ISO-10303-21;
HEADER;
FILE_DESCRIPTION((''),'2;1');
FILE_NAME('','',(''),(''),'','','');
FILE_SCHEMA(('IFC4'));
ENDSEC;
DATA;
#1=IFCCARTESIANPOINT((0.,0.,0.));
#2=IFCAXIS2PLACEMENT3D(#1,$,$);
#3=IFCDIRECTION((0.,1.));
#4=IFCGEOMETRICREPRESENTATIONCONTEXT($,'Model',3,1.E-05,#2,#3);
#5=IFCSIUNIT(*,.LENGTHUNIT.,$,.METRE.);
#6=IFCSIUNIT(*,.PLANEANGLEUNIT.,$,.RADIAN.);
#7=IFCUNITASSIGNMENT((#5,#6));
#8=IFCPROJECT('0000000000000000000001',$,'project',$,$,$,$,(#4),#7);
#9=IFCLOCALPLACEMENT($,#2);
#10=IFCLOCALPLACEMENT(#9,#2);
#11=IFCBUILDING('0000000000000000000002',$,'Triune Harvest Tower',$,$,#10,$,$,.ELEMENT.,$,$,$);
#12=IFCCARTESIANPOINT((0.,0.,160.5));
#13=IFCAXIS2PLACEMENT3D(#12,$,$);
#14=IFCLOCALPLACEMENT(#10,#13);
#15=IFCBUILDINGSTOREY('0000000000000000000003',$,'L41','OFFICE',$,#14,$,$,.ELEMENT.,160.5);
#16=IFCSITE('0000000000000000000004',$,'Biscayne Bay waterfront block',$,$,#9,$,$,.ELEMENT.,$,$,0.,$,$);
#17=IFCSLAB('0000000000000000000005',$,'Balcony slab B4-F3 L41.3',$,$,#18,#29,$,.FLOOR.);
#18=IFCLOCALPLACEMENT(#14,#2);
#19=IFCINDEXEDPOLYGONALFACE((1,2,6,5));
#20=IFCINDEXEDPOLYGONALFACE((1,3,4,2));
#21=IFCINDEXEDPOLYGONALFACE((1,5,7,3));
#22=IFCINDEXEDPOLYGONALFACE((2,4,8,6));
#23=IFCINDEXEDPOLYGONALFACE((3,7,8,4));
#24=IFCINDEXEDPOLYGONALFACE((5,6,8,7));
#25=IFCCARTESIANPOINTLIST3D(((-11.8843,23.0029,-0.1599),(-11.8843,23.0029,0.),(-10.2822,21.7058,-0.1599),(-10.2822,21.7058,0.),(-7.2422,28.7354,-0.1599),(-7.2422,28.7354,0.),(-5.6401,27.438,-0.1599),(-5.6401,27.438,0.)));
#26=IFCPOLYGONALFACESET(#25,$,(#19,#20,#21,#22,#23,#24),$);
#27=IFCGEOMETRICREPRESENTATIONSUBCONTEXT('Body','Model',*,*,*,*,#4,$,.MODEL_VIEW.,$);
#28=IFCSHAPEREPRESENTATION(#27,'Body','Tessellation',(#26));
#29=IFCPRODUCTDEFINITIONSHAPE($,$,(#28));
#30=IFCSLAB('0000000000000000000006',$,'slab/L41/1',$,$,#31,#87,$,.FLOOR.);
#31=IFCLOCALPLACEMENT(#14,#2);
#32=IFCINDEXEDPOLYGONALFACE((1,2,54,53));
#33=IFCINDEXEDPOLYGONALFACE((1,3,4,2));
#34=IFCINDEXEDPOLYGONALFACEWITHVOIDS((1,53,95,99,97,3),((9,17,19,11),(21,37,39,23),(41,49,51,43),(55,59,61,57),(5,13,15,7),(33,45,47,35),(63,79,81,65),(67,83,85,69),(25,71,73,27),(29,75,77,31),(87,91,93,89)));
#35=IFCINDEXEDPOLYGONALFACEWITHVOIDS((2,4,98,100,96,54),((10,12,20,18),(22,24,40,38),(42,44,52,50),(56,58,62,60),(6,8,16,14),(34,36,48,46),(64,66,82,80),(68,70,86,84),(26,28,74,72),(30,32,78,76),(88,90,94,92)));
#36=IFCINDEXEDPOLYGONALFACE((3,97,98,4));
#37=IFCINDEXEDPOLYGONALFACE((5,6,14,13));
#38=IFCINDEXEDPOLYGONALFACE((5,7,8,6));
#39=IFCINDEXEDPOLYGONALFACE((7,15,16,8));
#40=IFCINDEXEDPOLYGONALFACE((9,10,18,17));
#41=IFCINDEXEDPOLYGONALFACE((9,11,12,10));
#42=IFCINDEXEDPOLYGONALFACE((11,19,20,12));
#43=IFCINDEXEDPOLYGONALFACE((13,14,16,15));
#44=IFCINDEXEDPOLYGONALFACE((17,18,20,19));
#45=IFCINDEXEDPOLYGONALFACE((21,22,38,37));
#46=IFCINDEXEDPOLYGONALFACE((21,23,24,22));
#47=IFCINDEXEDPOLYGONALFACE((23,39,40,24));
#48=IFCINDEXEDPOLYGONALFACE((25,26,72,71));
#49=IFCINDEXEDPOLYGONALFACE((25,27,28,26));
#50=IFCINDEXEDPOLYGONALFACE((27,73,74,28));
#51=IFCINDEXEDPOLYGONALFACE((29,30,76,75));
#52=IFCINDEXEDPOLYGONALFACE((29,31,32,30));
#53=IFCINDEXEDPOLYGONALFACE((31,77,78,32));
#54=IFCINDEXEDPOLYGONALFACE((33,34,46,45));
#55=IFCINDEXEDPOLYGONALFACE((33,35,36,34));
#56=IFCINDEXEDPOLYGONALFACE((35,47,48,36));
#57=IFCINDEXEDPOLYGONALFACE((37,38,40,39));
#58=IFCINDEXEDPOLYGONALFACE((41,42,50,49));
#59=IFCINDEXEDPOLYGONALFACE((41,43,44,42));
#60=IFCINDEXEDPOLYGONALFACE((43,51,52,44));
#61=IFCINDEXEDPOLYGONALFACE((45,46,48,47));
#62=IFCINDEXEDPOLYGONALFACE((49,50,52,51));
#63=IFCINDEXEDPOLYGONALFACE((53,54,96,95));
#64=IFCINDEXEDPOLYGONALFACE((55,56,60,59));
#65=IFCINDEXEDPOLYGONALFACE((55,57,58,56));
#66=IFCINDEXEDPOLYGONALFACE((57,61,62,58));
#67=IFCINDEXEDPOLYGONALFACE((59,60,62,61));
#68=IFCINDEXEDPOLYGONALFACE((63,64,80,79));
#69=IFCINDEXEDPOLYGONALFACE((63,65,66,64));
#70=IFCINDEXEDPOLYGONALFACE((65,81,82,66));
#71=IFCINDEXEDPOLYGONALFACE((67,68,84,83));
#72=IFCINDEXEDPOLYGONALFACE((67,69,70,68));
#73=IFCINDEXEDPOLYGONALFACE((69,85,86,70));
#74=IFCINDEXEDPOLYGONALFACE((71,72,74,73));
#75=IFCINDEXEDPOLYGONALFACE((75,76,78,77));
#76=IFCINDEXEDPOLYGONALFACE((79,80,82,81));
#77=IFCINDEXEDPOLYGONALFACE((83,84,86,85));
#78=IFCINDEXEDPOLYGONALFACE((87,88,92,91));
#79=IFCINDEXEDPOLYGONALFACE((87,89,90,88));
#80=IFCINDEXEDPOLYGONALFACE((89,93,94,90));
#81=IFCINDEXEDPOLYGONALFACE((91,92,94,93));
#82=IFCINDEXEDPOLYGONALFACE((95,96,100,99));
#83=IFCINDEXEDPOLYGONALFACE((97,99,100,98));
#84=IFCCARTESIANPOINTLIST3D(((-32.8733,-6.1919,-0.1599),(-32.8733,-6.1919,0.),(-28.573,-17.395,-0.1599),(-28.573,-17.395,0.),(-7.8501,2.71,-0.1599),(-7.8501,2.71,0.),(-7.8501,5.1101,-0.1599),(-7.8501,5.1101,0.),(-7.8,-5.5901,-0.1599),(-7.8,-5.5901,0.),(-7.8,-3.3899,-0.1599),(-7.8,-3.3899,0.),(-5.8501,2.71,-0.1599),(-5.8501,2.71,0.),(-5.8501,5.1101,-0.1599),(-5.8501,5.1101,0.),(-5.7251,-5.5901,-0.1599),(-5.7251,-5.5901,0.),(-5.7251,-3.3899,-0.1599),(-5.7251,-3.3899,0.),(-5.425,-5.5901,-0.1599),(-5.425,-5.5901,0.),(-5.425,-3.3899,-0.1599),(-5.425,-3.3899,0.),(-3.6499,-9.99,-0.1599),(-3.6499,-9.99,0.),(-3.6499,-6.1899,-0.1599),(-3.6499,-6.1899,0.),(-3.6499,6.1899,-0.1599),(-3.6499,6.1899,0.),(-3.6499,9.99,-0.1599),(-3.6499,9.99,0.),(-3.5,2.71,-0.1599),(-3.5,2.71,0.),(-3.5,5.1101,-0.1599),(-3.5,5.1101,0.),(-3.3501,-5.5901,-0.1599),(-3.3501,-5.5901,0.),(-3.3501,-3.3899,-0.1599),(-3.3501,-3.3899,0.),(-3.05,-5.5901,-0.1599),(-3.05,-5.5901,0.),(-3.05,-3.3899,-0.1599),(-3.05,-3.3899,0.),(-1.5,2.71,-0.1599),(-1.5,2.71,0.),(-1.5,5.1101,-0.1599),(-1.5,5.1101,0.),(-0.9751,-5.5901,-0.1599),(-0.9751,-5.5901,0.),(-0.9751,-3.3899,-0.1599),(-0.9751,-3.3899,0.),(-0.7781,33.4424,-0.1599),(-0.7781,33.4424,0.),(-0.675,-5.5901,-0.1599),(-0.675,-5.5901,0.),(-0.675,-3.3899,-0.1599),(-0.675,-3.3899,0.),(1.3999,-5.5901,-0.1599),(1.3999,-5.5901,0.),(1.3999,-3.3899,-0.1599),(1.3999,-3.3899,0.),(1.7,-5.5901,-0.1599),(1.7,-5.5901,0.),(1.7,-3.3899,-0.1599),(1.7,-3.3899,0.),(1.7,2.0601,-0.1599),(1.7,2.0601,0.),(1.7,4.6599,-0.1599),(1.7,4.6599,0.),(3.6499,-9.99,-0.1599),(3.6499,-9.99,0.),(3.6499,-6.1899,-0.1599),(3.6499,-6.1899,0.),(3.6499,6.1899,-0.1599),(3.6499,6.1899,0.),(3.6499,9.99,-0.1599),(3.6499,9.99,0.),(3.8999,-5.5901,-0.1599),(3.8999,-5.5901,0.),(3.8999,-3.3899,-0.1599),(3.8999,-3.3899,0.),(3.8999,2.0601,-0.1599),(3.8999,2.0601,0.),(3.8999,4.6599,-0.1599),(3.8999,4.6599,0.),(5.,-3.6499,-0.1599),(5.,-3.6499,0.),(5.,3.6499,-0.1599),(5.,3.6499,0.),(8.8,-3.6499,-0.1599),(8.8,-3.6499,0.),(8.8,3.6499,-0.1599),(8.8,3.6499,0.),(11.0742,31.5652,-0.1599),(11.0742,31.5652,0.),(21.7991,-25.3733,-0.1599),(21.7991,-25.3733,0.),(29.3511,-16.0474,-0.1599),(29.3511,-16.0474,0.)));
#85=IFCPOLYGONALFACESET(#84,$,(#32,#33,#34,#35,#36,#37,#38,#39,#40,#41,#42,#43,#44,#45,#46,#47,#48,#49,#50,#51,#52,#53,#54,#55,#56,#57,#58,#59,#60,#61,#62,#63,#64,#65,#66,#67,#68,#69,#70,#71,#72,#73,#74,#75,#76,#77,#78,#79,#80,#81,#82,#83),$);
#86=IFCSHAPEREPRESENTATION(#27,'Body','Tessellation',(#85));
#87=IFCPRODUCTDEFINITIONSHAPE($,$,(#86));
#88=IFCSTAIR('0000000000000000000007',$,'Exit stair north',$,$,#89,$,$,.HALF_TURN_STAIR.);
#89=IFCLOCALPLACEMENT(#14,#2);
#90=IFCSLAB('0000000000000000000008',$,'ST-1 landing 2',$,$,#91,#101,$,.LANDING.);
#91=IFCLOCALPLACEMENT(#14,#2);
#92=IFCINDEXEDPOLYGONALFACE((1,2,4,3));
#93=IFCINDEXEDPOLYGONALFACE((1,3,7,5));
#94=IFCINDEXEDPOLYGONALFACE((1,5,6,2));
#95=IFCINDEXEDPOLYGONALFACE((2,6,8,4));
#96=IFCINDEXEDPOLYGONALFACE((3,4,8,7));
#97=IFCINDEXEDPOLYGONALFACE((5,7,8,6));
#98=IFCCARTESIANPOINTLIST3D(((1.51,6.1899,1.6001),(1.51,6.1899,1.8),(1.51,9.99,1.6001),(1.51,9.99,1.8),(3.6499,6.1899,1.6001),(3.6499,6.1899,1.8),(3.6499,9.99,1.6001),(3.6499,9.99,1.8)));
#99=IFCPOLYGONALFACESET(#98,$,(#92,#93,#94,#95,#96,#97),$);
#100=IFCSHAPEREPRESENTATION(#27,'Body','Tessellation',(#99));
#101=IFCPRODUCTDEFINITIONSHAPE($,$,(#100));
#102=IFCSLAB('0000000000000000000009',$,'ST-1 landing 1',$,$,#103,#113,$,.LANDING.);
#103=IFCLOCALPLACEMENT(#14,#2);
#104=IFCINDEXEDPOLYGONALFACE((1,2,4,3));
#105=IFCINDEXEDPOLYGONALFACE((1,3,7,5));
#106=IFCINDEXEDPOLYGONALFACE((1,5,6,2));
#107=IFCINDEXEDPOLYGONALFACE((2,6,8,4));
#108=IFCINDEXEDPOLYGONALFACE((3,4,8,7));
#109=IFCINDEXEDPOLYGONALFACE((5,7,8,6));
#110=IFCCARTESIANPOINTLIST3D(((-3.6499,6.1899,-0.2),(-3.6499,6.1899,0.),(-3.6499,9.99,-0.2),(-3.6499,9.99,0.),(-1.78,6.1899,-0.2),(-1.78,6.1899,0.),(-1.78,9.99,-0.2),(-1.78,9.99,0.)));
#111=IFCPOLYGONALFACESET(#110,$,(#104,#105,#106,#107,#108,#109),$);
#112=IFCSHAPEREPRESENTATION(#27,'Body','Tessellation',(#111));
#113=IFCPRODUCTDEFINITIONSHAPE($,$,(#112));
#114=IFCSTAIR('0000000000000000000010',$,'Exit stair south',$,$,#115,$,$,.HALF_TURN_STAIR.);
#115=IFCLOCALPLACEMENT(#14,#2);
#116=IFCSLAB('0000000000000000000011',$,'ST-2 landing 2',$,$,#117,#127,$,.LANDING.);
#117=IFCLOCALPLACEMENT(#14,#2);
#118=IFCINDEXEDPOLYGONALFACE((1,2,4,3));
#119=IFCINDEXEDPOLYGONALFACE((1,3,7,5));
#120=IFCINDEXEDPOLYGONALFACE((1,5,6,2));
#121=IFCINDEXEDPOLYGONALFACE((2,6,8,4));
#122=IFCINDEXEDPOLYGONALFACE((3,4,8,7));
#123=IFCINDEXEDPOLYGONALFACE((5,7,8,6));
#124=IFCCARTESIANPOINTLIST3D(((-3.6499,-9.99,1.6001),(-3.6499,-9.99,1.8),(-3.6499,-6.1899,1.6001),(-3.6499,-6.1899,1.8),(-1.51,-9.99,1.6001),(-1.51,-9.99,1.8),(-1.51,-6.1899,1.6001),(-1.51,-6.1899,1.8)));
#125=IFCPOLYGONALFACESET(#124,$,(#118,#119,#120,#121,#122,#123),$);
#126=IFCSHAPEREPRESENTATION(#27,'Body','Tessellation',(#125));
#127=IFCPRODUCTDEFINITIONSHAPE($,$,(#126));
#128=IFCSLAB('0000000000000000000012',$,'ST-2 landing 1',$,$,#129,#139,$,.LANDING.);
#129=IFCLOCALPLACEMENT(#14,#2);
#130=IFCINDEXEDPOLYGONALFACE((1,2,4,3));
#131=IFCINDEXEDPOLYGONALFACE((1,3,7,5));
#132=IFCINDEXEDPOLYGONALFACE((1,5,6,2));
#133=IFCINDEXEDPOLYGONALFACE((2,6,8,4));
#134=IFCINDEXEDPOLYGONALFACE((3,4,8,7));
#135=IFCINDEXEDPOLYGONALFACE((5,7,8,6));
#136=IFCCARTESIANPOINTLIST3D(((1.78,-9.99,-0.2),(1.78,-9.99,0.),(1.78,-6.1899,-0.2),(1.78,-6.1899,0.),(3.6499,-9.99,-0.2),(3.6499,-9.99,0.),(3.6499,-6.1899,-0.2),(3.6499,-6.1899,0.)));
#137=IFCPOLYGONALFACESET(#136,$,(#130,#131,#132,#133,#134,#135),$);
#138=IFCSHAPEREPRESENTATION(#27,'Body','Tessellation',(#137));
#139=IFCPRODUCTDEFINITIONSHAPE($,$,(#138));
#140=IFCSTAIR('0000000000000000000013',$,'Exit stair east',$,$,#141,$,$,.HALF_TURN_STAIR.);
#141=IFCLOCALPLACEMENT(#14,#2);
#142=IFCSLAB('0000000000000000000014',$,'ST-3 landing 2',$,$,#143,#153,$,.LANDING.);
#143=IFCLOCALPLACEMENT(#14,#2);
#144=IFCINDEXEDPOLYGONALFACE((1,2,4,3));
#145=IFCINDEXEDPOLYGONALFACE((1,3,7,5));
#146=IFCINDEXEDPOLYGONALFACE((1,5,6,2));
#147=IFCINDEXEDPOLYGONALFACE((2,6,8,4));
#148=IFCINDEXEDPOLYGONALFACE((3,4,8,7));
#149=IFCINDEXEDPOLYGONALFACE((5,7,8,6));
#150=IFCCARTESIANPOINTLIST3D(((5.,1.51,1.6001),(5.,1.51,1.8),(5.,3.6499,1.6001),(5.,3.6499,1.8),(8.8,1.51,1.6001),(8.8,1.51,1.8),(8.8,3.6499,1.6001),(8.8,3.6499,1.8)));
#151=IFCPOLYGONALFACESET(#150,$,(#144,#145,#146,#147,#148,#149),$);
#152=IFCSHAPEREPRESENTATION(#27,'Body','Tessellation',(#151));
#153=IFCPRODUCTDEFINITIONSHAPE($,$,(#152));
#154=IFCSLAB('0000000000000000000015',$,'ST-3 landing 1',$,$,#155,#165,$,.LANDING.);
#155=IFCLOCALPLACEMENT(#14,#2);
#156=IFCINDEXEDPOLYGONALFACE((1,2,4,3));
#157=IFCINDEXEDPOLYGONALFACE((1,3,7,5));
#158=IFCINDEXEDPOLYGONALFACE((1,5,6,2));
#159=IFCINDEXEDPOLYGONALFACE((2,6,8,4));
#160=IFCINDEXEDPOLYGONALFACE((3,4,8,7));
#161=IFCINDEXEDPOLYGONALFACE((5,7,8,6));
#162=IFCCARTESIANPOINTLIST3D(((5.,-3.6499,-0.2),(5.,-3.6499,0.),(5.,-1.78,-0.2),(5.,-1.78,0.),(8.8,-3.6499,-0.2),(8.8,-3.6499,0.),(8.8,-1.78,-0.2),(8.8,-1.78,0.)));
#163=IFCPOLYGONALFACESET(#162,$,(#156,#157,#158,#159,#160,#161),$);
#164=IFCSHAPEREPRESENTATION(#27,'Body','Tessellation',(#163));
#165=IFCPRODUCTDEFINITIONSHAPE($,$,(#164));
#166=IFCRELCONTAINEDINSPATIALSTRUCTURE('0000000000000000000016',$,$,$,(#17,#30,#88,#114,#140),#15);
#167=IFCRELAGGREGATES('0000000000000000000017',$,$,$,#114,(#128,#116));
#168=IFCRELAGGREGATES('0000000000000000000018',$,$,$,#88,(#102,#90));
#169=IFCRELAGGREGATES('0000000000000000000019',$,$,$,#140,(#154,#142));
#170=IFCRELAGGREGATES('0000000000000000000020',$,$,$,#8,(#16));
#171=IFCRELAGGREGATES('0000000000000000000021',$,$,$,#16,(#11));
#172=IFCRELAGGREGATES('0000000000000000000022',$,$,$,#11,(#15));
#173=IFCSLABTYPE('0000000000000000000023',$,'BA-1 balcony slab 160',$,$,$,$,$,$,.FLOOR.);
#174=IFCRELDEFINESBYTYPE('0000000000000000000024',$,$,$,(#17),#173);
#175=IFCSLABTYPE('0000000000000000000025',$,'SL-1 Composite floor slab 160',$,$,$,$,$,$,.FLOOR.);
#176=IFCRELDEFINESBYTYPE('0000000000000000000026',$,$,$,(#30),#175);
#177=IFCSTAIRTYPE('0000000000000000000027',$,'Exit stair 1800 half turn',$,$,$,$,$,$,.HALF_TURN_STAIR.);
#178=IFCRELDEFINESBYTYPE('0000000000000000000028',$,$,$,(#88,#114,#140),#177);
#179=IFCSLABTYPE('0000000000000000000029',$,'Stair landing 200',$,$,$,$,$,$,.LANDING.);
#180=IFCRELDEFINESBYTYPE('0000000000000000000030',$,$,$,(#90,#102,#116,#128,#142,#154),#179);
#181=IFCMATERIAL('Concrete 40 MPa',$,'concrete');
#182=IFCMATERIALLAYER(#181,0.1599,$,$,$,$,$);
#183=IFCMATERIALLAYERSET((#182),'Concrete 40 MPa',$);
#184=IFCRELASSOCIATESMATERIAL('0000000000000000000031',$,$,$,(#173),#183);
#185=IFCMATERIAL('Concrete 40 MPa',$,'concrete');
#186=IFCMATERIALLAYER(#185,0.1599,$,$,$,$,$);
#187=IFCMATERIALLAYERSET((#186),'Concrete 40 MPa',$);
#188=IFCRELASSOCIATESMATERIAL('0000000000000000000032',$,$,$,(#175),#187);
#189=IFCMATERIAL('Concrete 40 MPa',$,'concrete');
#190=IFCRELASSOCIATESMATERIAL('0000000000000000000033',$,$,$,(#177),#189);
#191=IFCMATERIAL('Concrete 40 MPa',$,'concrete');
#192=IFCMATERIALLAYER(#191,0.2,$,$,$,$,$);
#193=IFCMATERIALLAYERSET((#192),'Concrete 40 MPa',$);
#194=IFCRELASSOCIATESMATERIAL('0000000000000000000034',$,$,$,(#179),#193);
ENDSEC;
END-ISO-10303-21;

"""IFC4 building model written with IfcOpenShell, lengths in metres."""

from ifc_helpers import new_model, si_unit, direction, frame, origin, place, context, subcontext, project, spatial, polyline, outline, extrude, source, transform, mapped, material, layer, layer_set, type_object, element, aggregate, save


model = new_model("IFC4")

# Units and contexts
model_context = context("Model", 3, precision=1e-05, world=origin(), true_north=direction((0.0, 1.0)))
body_context = subcontext(model_context, "Body", "Model", "MODEL_VIEW")
ifc_project = project(units=[si_unit("LENGTHUNIT", "METRE"), si_unit("PLANEANGLEUNIT", "RADIAN")], contexts=[model_context])

# Site, building, storey
site_placement = place(None, origin())
site = spatial("IfcSite", under=ifc_project, at=site_placement, Name="Biscayne Bay waterfront block", CompositionType="ELEMENT", RefElevation=0.0)
building_placement = place(site_placement, origin())
building = spatial("IfcBuilding", under=site, at=building_placement, Name="Triune Harvest Tower", CompositionType="ELEMENT")
storey_placement = place(building_placement, frame((0.0, 0.0, 160.5)))
storey = spatial("IfcBuildingStorey", under=building, at=storey_placement, Name="L41", Description="OFFICE", CompositionType="ELEMENT", Elevation=160.5)

# Slabs
ifc_material_1 = material(Name="Concrete 40 MPa", Category="concrete")
ifc_layer_1 = layer(ifc_material_1, 0.1599)
ifc_layer_set_1 = layer_set([ifc_layer_1], Name="Concrete 40 MPa")
slab_type_1 = type_object("IfcSlabType", Name="BA-1 balcony slab 160", PredefinedType="FLOOR", material=ifc_layer_set_1)
slab_1_placement = place(storey_placement, frame((0.0, 0.0, -0.1599)))
element("IfcSlab", 1, at=slab_1_placement, inside=storey, type_object=slab_type_1, Name="Balcony slab B4-F3 L41.3", PredefinedType="FLOOR", context=body_context, shape_type="SweptSolid", body=[
    extrude(outline(polyline([(-5.6401, 27.438), (-10.2822, 21.7058), (-11.8843, 23.0029), (-7.2422, 28.7354), (-5.6401, 27.438)])), origin(), (0.0, 0.0, 1.0), 0.1599),
])
ifc_material_2 = material(Name="Concrete 40 MPa", Category="concrete")
ifc_layer_2 = layer(ifc_material_2, 0.1599)
ifc_layer_set_2 = layer_set([ifc_layer_2], Name="Concrete 40 MPa")
slab_type_2 = type_object("IfcSlabType", Name="SL-1 Composite floor slab 160", PredefinedType="FLOOR", material=ifc_layer_set_2)
shared_shape_1 = source(origin(), body_context, "Body", "SweptSolid", [
    extrude(outline(polyline([(29.3511, -16.0474), (11.0742, 31.5652), (-0.7781, 33.4424), (-32.8733, -6.1919), (-28.573, -17.395), (21.7991, -25.3733), (29.3511, -16.0474)]), holes=[polyline([(-5.7251, -5.5901), (-5.7251, -3.3899), (-7.8, -3.3899), (-7.8, -5.5901), (-5.7251, -5.5901)]), polyline([(-3.3501, -5.5901), (-3.3501, -3.3899), (-5.425, -3.3899), (-5.425, -5.5901), (-3.3501, -5.5901)]), polyline([(-0.9751, -5.5901), (-0.9751, -3.3899), (-3.05, -3.3899), (-3.05, -5.5901), (-0.9751, -5.5901)]), polyline([(1.3999, -5.5901), (1.3999, -3.3899), (-0.675, -3.3899), (-0.675, -5.5901), (1.3999, -5.5901)]), polyline([(3.8999, 2.0601), (3.8999, 4.6599), (1.7, 4.6599), (1.7, 2.0601), (3.8999, 2.0601)]), polyline([(3.8999, -5.5901), (3.8999, -3.3899), (1.7, -3.3899), (1.7, -5.5901), (3.8999, -5.5901)]), polyline([(-5.8501, 2.71), (-5.8501, 5.1101), (-7.8501, 5.1101), (-7.8501, 2.71), (-5.8501, 2.71)]), polyline([(-1.5, 2.71), (-1.5, 5.1101), (-3.5, 5.1101), (-3.5, 2.71), (-1.5, 2.71)]), polyline([(3.6499, 6.1899), (3.6499, 9.99), (-3.6499, 9.99), (-3.6499, 6.1899), (3.6499, 6.1899)]), polyline([(3.6499, -9.99), (3.6499, -6.1899), (-3.6499, -6.1899), (-3.6499, -9.99), (3.6499, -9.99)]), polyline([(8.8, -3.6499), (8.8, 3.6499), (5.0, 3.6499), (5.0, -3.6499), (8.8, -3.6499)])]), origin(), (0.0, 0.0, 1.0), 0.1599),
])
slab_2_placement = place(storey_placement, frame((0.0, 0.0, -0.1599)))
element("IfcSlab", 2, at=slab_2_placement, inside=storey, type_object=slab_type_2, Name="slab/L41/1", PredefinedType="FLOOR", context=body_context, shape_type="MappedRepresentation", body=[
    mapped(shared_shape_1, transform((0.0, 0.0, 0.0), scale=1.0)),
])

# Stairs, slabs
ifc_material_3 = material(Name="Concrete 40 MPa", Category="concrete")
stair_type = type_object("IfcStairType", Name="Exit stair 1800 half turn", PredefinedType="HALF_TURN_STAIR", material=ifc_material_3)
stair_1_placement = place(storey_placement, origin())
stair_1 = element("IfcStair", 3, at=stair_1_placement, inside=storey, type_object=stair_type, Name="Exit stair north", PredefinedType="HALF_TURN_STAIR")
ifc_material_4 = material(Name="Concrete 40 MPa", Category="concrete")
ifc_layer_3 = layer(ifc_material_4, 0.2)
ifc_layer_set_3 = layer_set([ifc_layer_3], Name="Concrete 40 MPa")
slab_type_3 = type_object("IfcSlabType", Name="Stair landing 200", PredefinedType="LANDING", material=ifc_layer_set_3)
shared_shape_2 = source(origin(), body_context, "Body", "SweptSolid", [
    extrude(outline(polyline([(1.51, 6.1899), (3.6499, 6.1899), (3.6499, 9.99), (1.51, 9.99), (1.51, 6.1899)])), origin(), (0.0, 0.0, 1.0), 0.2),
])
slab_3_placement = place(storey_placement, frame((0.0, 0.0, 1.6001)))
slab_3 = element("IfcSlab", 4, at=slab_3_placement, type_object=slab_type_3, Name="ST-1 landing 2", PredefinedType="LANDING", context=body_context, shape_type="MappedRepresentation", body=[
    mapped(shared_shape_2, transform((0.0, 0.0, 0.0), scale=1.0)),
])
shared_shape_3 = source(origin(), body_context, "Body", "SweptSolid", [
    extrude(outline(polyline([(-3.6499, 6.1899), (-1.78, 6.1899), (-1.78, 9.99), (-3.6499, 9.99), (-3.6499, 6.1899)])), origin(), (0.0, 0.0, 1.0), 0.2),
])
slab_4_placement = place(storey_placement, frame((0.0, 0.0, -0.2)))
slab_4 = element("IfcSlab", 5, at=slab_4_placement, type_object=slab_type_3, Name="ST-1 landing 1", PredefinedType="LANDING", context=body_context, shape_type="MappedRepresentation", body=[
    mapped(shared_shape_3, transform((0.0, 0.0, 0.0), scale=1.0)),
])
stair_2_placement = place(storey_placement, origin())
stair_2 = element("IfcStair", 6, at=stair_2_placement, inside=storey, type_object=stair_type, Name="Exit stair south", PredefinedType="HALF_TURN_STAIR")
shared_shape_4 = source(origin(), body_context, "Body", "SweptSolid", [
    extrude(outline(polyline([(-1.51, -6.1899), (-3.6499, -6.1899), (-3.6499, -9.99), (-1.51, -9.99), (-1.51, -6.1899)])), origin(), (0.0, 0.0, 1.0), 0.2),
])
slab_5_placement = place(storey_placement, frame((0.0, 0.0, 1.6001)))
slab_5 = element("IfcSlab", 7, at=slab_5_placement, type_object=slab_type_3, Name="ST-2 landing 2", PredefinedType="LANDING", context=body_context, shape_type="MappedRepresentation", body=[
    mapped(shared_shape_4, transform((0.0, 0.0, 0.0), scale=1.0)),
])
shared_shape_5 = source(origin(), body_context, "Body", "SweptSolid", [
    extrude(outline(polyline([(3.6499, -6.1899), (1.78, -6.1899), (1.78, -9.99), (3.6499, -9.99), (3.6499, -6.1899)])), origin(), (0.0, 0.0, 1.0), 0.2),
])
slab_6_placement = place(storey_placement, frame((0.0, 0.0, -0.2)))
slab_6 = element("IfcSlab", 8, at=slab_6_placement, type_object=slab_type_3, Name="ST-2 landing 1", PredefinedType="LANDING", context=body_context, shape_type="MappedRepresentation", body=[
    mapped(shared_shape_5, transform((0.0, 0.0, 0.0), scale=1.0)),
])
aggregate(stair_2, [slab_6, slab_5])
stair_3_placement = place(storey_placement, origin())
stair_3 = element("IfcStair", 9, at=stair_3_placement, inside=storey, type_object=stair_type, Name="Exit stair east", PredefinedType="HALF_TURN_STAIR")
shared_shape_6 = source(origin(), body_context, "Body", "SweptSolid", [
    extrude(outline(polyline([(8.8, 1.51), (8.8, 3.6499), (5.0, 3.6499), (5.0, 1.51), (8.8, 1.51)])), origin(), (0.0, 0.0, 1.0), 0.2),
])
slab_7_placement = place(storey_placement, frame((0.0, 0.0, 1.6001)))
slab_7 = element("IfcSlab", 10, at=slab_7_placement, type_object=slab_type_3, Name="ST-3 landing 2", PredefinedType="LANDING", context=body_context, shape_type="MappedRepresentation", body=[
    mapped(shared_shape_6, transform((0.0, 0.0, 0.0), scale=1.0)),
])
shared_shape_7 = source(origin(), body_context, "Body", "SweptSolid", [
    extrude(outline(polyline([(8.8, -3.6499), (8.8, -1.78), (5.0, -1.78), (5.0, -3.6499), (8.8, -3.6499)])), origin(), (0.0, 0.0, 1.0), 0.2),
])
slab_8_placement = place(storey_placement, frame((0.0, 0.0, -0.2)))
slab_8 = element("IfcSlab", 11, at=slab_8_placement, type_object=slab_type_3, Name="ST-3 landing 1", PredefinedType="LANDING", context=body_context, shape_type="MappedRepresentation", body=[
    mapped(shared_shape_7, transform((0.0, 0.0, 0.0), scale=1.0)),
])

aggregate(stair_1, [slab_4, slab_3])
aggregate(stair_3, [slab_8, slab_7])

save(model, "model.ifc")
